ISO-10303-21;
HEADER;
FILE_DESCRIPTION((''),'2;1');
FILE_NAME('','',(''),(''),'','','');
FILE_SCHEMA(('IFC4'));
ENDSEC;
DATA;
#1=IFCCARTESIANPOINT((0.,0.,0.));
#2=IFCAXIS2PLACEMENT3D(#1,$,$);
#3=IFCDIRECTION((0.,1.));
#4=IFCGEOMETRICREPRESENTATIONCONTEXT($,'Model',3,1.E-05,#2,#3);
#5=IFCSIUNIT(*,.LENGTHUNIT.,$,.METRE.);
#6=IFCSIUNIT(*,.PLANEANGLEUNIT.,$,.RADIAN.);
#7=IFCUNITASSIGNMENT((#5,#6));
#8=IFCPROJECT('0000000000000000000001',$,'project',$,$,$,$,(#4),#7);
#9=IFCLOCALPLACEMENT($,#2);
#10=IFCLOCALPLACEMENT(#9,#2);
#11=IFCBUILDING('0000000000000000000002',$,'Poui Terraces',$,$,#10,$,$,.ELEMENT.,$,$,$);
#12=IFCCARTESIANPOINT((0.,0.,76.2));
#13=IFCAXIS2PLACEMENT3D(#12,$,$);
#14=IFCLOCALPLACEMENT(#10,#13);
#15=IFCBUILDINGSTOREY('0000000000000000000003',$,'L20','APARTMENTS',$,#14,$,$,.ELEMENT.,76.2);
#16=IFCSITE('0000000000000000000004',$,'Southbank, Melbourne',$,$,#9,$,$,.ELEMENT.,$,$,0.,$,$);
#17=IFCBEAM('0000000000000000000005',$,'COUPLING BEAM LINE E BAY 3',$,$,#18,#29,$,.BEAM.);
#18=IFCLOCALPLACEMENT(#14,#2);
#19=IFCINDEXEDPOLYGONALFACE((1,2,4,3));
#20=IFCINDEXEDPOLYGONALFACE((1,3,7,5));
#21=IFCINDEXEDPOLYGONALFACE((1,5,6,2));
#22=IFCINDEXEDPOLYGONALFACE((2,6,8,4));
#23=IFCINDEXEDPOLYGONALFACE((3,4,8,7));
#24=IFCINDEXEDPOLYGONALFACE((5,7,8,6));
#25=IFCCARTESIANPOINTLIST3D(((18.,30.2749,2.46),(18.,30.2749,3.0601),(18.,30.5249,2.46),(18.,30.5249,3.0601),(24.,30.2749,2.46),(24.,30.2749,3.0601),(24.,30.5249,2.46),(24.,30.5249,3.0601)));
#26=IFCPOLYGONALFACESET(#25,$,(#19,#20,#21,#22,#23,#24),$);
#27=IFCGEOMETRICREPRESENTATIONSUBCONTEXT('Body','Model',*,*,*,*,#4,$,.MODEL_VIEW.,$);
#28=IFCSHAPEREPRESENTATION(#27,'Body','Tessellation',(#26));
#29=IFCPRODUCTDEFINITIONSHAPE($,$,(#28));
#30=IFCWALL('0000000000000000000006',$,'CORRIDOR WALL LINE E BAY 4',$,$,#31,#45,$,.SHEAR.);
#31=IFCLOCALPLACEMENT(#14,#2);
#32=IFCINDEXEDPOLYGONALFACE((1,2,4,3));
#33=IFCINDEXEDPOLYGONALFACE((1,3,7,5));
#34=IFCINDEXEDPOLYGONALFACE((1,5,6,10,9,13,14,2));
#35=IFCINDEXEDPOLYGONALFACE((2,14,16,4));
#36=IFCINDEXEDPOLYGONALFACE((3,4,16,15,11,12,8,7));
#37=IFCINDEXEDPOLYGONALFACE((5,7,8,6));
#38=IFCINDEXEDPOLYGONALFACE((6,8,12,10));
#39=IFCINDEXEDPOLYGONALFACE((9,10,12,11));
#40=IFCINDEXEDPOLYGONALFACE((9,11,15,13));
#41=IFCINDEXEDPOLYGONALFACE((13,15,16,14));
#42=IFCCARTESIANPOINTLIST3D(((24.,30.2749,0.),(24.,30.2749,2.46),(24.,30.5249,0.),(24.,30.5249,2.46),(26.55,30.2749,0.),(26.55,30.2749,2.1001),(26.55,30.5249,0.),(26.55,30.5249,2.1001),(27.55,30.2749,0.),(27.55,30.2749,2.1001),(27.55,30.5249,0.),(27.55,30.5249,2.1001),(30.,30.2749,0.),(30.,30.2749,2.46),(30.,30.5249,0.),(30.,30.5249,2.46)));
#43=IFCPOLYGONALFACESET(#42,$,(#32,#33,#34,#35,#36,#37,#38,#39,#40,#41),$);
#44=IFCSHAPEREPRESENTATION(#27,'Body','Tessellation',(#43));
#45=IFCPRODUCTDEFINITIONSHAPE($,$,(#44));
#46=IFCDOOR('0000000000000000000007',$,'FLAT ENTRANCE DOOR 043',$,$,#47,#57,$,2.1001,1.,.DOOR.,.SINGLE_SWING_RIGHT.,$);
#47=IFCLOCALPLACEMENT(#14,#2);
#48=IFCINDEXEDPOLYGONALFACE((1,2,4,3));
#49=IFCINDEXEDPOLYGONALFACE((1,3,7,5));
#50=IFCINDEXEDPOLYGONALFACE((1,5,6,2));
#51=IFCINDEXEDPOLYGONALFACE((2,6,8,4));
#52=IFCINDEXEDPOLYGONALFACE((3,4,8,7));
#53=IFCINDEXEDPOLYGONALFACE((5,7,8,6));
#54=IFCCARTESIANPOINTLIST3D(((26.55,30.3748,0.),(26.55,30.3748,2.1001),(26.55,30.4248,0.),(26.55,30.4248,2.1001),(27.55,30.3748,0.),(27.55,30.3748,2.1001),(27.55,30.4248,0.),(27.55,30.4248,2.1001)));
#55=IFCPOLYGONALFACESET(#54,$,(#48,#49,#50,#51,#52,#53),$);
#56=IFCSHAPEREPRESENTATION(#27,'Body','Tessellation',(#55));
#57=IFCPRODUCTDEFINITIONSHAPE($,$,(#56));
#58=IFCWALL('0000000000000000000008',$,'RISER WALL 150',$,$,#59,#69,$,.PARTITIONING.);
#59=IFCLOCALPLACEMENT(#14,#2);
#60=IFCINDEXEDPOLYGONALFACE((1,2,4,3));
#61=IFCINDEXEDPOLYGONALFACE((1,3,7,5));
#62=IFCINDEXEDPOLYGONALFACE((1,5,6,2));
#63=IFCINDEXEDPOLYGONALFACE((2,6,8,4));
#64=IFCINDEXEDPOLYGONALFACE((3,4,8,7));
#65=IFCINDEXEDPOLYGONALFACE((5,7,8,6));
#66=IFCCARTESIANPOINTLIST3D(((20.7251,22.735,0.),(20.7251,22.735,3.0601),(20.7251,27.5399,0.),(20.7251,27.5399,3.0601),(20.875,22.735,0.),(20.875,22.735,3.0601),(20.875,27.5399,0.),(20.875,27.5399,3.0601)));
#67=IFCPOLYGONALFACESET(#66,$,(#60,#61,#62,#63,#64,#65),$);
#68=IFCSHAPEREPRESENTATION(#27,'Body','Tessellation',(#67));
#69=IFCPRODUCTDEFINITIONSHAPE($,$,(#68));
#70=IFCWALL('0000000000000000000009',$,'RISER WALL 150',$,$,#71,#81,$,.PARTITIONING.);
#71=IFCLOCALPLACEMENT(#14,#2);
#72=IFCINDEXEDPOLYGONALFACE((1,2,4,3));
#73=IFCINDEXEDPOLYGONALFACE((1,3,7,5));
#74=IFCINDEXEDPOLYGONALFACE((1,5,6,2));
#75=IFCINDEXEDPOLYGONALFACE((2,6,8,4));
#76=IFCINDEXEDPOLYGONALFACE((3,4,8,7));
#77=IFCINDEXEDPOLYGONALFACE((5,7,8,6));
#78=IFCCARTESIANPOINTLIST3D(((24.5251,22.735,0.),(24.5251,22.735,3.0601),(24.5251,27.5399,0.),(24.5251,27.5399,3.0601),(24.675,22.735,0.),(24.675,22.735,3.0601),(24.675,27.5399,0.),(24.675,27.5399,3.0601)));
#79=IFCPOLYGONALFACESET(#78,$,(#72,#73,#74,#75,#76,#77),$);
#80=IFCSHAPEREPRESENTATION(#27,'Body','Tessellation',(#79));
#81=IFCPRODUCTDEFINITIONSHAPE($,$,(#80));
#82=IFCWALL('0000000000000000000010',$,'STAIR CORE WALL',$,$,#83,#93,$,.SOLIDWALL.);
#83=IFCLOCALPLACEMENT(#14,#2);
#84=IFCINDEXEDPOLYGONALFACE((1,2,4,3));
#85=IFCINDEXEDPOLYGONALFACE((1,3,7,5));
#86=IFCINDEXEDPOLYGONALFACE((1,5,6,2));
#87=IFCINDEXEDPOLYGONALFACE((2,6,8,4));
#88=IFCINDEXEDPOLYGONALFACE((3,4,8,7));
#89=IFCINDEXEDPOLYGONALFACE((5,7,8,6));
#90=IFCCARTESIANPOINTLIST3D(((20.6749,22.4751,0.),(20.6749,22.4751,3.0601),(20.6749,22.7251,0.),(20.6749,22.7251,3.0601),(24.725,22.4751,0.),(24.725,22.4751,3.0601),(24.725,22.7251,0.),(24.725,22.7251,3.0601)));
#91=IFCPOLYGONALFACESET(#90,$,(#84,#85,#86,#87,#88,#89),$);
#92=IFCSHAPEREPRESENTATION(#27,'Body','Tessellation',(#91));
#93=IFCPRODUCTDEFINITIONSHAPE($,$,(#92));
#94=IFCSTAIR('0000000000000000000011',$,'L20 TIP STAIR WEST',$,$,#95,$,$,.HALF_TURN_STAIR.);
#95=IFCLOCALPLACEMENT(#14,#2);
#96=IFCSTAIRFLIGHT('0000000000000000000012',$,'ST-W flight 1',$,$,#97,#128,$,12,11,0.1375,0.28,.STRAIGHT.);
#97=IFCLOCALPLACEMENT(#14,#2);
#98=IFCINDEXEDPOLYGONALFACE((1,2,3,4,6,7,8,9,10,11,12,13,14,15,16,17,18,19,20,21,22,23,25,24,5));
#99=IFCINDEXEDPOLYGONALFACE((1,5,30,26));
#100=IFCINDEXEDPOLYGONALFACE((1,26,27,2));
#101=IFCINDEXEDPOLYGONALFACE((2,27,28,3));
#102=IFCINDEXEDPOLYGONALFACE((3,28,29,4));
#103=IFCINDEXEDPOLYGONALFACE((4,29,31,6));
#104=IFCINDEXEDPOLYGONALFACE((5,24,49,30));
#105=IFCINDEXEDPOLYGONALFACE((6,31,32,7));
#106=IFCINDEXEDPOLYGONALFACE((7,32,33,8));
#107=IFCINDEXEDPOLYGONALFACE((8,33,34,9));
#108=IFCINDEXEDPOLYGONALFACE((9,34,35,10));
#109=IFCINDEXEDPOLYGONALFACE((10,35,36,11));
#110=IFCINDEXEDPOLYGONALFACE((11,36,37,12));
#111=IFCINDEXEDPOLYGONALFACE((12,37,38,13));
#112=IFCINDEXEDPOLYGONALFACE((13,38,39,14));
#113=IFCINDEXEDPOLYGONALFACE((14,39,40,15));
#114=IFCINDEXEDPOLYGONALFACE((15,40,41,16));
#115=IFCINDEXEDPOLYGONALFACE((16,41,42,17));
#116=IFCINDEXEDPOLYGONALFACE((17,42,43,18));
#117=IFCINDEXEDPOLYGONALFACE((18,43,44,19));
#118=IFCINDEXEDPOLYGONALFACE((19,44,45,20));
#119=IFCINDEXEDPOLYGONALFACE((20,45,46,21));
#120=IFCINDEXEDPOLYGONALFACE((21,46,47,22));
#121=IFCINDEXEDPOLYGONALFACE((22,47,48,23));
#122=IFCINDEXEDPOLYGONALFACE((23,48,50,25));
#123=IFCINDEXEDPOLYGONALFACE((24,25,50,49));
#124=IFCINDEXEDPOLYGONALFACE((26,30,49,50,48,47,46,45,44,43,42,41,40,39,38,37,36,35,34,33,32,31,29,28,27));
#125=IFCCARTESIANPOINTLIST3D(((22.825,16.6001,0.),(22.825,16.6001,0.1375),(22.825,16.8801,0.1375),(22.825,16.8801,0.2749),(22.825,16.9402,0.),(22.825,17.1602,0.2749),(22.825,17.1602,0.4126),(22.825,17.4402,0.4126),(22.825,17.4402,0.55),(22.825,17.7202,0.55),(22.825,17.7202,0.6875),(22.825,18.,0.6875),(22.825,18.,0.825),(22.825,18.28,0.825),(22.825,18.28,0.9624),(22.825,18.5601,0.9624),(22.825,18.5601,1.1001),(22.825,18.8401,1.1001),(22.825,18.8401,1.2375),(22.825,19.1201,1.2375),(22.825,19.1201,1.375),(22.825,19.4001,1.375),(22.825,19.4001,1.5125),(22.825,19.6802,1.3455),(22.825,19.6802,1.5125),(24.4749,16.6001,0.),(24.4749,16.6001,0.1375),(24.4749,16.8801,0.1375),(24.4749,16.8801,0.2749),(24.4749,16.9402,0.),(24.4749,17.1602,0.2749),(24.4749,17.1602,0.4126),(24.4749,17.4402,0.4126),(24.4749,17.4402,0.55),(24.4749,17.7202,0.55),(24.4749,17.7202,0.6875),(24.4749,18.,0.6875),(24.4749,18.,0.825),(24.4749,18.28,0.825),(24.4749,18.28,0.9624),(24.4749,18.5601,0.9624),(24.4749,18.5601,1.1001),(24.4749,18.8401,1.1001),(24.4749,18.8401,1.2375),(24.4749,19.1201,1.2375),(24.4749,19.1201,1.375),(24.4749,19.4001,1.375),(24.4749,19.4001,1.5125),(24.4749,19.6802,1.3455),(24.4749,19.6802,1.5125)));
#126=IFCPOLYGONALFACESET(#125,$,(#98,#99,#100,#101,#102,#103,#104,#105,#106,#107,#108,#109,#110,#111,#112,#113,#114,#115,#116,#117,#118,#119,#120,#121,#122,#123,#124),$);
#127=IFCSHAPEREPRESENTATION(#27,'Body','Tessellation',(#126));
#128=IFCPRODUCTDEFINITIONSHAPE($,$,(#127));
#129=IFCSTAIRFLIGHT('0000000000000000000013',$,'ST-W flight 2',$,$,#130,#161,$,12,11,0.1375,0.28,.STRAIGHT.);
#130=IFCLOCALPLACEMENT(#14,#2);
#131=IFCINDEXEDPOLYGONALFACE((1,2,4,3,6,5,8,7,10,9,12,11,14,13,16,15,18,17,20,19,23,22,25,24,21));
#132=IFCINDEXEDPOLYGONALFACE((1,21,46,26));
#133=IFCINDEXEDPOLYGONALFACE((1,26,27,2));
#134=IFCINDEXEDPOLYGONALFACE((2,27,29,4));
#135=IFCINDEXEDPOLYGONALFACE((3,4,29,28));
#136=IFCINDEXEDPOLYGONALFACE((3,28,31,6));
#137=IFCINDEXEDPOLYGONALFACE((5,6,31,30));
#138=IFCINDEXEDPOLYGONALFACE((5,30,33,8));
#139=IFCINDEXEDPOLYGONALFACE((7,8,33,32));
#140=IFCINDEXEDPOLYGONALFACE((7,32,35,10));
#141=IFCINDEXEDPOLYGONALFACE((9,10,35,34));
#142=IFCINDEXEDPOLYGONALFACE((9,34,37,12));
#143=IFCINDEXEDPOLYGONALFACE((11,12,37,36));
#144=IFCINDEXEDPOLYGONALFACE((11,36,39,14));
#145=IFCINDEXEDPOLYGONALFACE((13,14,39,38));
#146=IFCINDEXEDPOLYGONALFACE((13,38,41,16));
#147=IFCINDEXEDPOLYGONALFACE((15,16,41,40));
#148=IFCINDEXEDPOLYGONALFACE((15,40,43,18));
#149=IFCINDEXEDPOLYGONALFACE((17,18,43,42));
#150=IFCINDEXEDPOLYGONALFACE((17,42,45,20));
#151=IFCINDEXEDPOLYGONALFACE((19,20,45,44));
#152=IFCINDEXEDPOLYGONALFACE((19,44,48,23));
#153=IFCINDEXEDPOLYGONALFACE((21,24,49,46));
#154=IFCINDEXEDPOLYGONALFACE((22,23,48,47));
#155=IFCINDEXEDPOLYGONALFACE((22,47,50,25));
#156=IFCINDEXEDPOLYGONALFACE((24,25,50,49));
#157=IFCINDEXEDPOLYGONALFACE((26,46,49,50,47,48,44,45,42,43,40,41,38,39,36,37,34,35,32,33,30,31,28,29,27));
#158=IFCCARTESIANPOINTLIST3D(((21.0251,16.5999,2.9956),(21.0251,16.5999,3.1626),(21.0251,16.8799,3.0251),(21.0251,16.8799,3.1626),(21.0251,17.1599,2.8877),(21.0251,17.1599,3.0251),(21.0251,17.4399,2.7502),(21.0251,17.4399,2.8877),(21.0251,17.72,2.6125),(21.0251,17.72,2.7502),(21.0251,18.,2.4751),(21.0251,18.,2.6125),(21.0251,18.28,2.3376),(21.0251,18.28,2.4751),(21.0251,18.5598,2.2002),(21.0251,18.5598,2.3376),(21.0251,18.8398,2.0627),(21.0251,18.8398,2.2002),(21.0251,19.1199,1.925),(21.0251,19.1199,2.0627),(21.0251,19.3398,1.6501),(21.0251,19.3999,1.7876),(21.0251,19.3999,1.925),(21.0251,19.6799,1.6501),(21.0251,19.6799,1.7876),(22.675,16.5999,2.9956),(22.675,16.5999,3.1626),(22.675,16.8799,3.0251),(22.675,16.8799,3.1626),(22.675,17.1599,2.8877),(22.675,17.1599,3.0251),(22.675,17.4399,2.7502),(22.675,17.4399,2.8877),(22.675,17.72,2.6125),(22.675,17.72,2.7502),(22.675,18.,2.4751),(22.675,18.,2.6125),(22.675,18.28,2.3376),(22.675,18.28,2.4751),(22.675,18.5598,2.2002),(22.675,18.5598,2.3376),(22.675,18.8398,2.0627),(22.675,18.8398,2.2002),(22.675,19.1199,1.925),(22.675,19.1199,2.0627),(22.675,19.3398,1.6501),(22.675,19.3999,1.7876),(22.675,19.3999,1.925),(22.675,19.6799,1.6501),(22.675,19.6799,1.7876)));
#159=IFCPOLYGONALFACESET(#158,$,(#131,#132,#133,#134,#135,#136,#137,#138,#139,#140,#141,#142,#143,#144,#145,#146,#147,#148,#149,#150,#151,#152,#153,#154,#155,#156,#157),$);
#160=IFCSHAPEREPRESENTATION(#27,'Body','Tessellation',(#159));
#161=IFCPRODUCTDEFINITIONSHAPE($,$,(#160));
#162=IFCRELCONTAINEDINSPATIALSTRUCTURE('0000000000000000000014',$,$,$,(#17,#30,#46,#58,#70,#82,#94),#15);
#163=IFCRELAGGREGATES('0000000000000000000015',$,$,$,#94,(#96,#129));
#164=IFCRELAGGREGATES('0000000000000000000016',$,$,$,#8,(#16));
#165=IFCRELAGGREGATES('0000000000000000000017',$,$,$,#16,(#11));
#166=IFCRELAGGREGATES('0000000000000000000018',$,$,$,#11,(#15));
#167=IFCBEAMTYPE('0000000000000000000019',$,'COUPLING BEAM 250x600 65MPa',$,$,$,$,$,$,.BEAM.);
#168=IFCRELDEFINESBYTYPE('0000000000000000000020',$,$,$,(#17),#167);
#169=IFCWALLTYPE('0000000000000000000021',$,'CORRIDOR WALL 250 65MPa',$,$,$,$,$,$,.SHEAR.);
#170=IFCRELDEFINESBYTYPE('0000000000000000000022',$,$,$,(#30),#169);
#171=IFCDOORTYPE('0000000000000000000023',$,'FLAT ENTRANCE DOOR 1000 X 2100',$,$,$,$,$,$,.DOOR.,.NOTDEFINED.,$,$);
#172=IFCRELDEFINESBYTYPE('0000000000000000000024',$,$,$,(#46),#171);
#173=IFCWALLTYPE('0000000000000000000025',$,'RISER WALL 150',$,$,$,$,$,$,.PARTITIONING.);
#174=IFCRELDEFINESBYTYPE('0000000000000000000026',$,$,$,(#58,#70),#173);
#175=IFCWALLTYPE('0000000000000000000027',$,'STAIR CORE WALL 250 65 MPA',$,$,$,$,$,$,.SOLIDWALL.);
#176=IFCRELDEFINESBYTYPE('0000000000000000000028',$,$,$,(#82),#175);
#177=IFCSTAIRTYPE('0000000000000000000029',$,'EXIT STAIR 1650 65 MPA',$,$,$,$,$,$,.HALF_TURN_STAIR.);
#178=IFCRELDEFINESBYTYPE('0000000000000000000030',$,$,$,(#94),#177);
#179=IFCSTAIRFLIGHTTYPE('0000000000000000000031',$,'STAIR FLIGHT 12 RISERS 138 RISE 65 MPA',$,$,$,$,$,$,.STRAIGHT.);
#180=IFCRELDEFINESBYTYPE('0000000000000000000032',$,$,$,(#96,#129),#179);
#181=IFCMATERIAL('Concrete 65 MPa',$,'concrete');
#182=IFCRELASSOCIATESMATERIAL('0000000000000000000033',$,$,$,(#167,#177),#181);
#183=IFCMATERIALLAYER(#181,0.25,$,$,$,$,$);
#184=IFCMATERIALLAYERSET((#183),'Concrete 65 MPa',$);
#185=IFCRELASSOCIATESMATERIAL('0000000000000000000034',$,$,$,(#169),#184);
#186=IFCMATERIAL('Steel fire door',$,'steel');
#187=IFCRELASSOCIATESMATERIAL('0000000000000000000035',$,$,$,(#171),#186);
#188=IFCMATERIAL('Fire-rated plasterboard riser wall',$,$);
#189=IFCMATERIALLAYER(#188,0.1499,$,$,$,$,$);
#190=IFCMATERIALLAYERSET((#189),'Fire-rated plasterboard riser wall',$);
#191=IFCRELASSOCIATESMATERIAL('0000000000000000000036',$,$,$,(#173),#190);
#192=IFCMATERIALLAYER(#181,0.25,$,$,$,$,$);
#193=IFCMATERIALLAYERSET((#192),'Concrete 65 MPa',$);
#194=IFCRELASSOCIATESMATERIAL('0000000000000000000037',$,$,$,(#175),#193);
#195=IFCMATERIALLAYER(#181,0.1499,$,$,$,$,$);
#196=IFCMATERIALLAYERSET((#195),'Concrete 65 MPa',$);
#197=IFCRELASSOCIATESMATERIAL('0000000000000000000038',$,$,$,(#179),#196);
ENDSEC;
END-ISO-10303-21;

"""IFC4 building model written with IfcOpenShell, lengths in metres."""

from ifc_helpers import new_model, si_unit, direction, frame, frame_2d, origin, origin_2d, place, context, subcontext, project, spatial, polyline, rectangle, outline, extrude, source, transform, mapped, material, layer, layer_set, material_profile, profile_set, type_object, element, fill, aggregate, save


model = new_model("IFC4")

# Units and contexts
model_context = context("Model", 3, precision=1e-05, world=origin(), true_north=direction((0.0, 1.0)))
body_context = subcontext(model_context, "Body", "Model", "MODEL_VIEW")
ifc_project = project(units=[si_unit("LENGTHUNIT", "METRE"), si_unit("PLANEANGLEUNIT", "RADIAN")], contexts=[model_context])

# Site, building, storey
site_placement = place(None, origin())
site = spatial("IfcSite", under=ifc_project, at=site_placement, Name="Southbank, Melbourne", CompositionType="ELEMENT", RefElevation=0.0)
building_placement = place(site_placement, origin())
building = spatial("IfcBuilding", under=site, at=building_placement, Name="Poui Terraces", CompositionType="ELEMENT")
storey_placement = place(building_placement, frame((0.0, 0.0, 76.2)))
storey = spatial("IfcBuildingStorey", under=building, at=storey_placement, Name="L20", Description="APARTMENTS", CompositionType="ELEMENT", Elevation=76.2)

# Beam
ifc_material_1 = material(Name="Concrete 65 MPa", Category="concrete")
ifc_material_profile = material_profile(ifc_material_1, rectangle(XDim=0.25, YDim=0.6001, at=origin_2d()), Name="RC 250x600")
ifc_profile_set = profile_set([ifc_material_profile], Name="Concrete 65 MPa")
beam_type = type_object("IfcBeamType", Name="COUPLING BEAM 250x600 65MPa", PredefinedType="BEAM", material=ifc_profile_set)
shared_shape = source(origin(), body_context, "Body", "SweptSolid", [
    extrude(rectangle(XDim=0.25, YDim=0.6001, at=origin_2d()), origin(), (0.0, 0.0, 1.0), 6.0),
])
beam_placement = place(storey_placement, frame((18.0, 30.3999, 2.76), z_axis=(1.0, 0.0, 0.0), x_axis=(0.0, 1.0, 0.0)))
element("IfcBeam", 1, at=beam_placement, inside=storey, type_object=beam_type, Name="COUPLING BEAM LINE E BAY 3", PredefinedType="BEAM", context=body_context, shape_type="MappedRepresentation", body=[
    mapped(shared_shape, transform((0.0, 0.0, 0.0))),
])

# Wall, opening, door
ifc_layer_1 = layer(ifc_material_1, 0.25)
ifc_layer_set_1 = layer_set([ifc_layer_1], Name="Concrete 65 MPa")
wall_type_1 = type_object("IfcWallType", Name="CORRIDOR WALL 250 65MPa", PredefinedType="SHEAR", material=ifc_layer_set_1)
wall_1_placement = place(storey_placement, frame((24.0, 30.3999, 0.0), z_axis=(0.0, 0.0, 1.0), x_axis=(1.0, 0.0, 0.0)))
wall_1 = element("IfcWall", 2, at=wall_1_placement, inside=storey, type_object=wall_type_1, Name="CORRIDOR WALL LINE E BAY 4", PredefinedType="SHEAR", context=body_context, shape_type="SweptSolid", body=[
    extrude(rectangle(XDim=6.0, YDim=0.25, at=frame_2d((3.0, 0.0))), origin(), (0.0, 0.0, 1.0), 2.46),
])
opening_placement = place(wall_1_placement, frame((2.55, 0.0, 0.0)))
opening = element("IfcOpeningElement", 3, at=opening_placement, cuts=wall_1, PredefinedType="OPENING", context=body_context, shape_type="SweptSolid", body=[
    extrude(rectangle(XDim=1.0, YDim=2.1001, at=frame_2d((0.5, 1.05))), frame((0.0, 0.135, 0.0), z_axis=(0.0, -1.0, 0.0), x_axis=(1.0, 0.0, 0.0)), (0.0, 0.0, 1.0), 0.27),
])
ifc_material_2 = material(Name="Steel fire door", Category="steel")
door_type = type_object("IfcDoorType", Name="FLAT ENTRANCE DOOR 1000 X 2100", OperationType="NOTDEFINED", PredefinedType="DOOR", material=ifc_material_2)
door_placement = place(opening_placement, origin())
door = element("IfcDoor", 4, at=door_placement, inside=storey, type_object=door_type, Name="FLAT ENTRANCE DOOR 043", OperationType="SINGLE_SWING_RIGHT", OverallHeight=2.1001, OverallWidth=1.0, PredefinedType="DOOR", context=body_context, shape_type="SweptSolid", body=[
    extrude(rectangle(XDim=1.0, YDim=2.1001, at=frame_2d((0.5, 1.05))), frame((0.0, 0.0249, 0.0), z_axis=(0.0, -1.0, 0.0), x_axis=(1.0, 0.0, 0.0)), (0.0, 0.0, 1.0), 0.05),
])
fill(opening, door)

# Walls
ifc_material_3 = material(Name="Fire-rated plasterboard riser wall")
ifc_layer_2 = layer(ifc_material_3, 0.1499)
ifc_layer_set_2 = layer_set([ifc_layer_2], Name="Fire-rated plasterboard riser wall")
wall_type_2 = type_object("IfcWallType", Name="RISER WALL 150", PredefinedType="PARTITIONING", material=ifc_layer_set_2)
for number, where, z_axis, x_axis, name in (
    (5, (20.8, 22.7351, 0.0), (0.0, 0.0, 1.0), (0.0, 1.0, 0.0), "RISER WALL 150"),
    (6, (24.6001, 22.7351, 0.0), (0.0, 0.0, 1.0), (0.0, 1.0, 0.0), "RISER WALL 150"),
):
    element("IfcWall", number, at=place(storey_placement, frame(where, z_axis=z_axis, x_axis=x_axis)), inside=storey, type_object=wall_type_2, Name=name, PredefinedType="PARTITIONING", context=body_context, shape_type="SweptSolid", body=[
        extrude(rectangle(XDim=4.8049, YDim=0.1499, at=frame_2d((2.4023, 0.0))), origin(), (0.0, 0.0, 1.0), 3.0601),
    ])
ifc_layer_3 = layer(ifc_material_1, 0.25)
ifc_layer_set_3 = layer_set([ifc_layer_3], Name="Concrete 65 MPa")
wall_type_3 = type_object("IfcWallType", Name="STAIR CORE WALL 250 65 MPA", PredefinedType="SOLIDWALL", material=ifc_layer_set_3)
wall_2_placement = place(storey_placement, frame((20.675, 22.6001, 0.0), z_axis=(0.0, 0.0, 1.0), x_axis=(1.0, 0.0, 0.0)))
element("IfcWall", 7, at=wall_2_placement, inside=storey, type_object=wall_type_3, Name="STAIR CORE WALL", PredefinedType="SOLIDWALL", context=body_context, shape_type="SweptSolid", body=[
    extrude(rectangle(XDim=4.05, YDim=0.25, at=frame_2d((2.0249, 0.0))), origin(), (0.0, 0.0, 1.0), 3.0601),
])

# Stair, stair flights
stair_type = type_object("IfcStairType", Name="EXIT STAIR 1650 65 MPA", PredefinedType="HALF_TURN_STAIR", material=ifc_material_1)
stair_placement = place(storey_placement, origin())
stair = element("IfcStair", 8, at=stair_placement, inside=storey, type_object=stair_type, Name="L20 TIP STAIR WEST", PredefinedType="HALF_TURN_STAIR")
ifc_layer_4 = layer(ifc_material_1, 0.1499)
ifc_layer_set_4 = layer_set([ifc_layer_4], Name="Concrete 65 MPa")
stair_flight_type = type_object("IfcStairFlightType", Name="STAIR FLIGHT 12 RISERS 138 RISE 65 MPA", PredefinedType="STRAIGHT", material=ifc_layer_set_4)
stair_flight_1_placement = place(storey_placement, frame((23.6499, 16.6001, 0.0), z_axis=(0.0, 0.0, 1.0), x_axis=(0.0, 1.0, 0.0)))
stair_flight_1 = element("IfcStairFlight", 9, at=stair_flight_1_placement, type_object=stair_flight_type, Name="ST-W flight 1", NumberOfRisers=12, NumberOfTreads=11, PredefinedType="STRAIGHT", RiserHeight=0.1375, TreadLength=0.28, context=body_context, shape_type="SweptSolid", body=[
    extrude(outline(polyline([(0.0, 0.0), (0.0, 0.1375), (0.28, 0.1375), (0.28, 0.2749), (0.5601, 0.2749), (0.5601, 0.4126), (0.8401, 0.4126), (0.8401, 0.55), (1.1201, 0.55), (1.1201, 0.6875), (1.3999, 0.6875), (1.3999, 0.825), (1.6799, 0.825), (1.6799, 0.9624), (1.96, 0.9624), (1.96, 1.1001), (2.24, 1.1001), (2.24, 1.2375), (2.52, 1.2375), (2.52, 1.375), (2.8, 1.375), (2.8, 1.5125), (3.0801, 1.5125), (3.0801, 1.6499), (3.0801, 1.3455), (0.3401, 0.0), (0.0, 0.0)])), frame((0.0, 0.825, 0.0), z_axis=(0.0, -1.0, 0.0), x_axis=(1.0, 0.0, 0.0)), (0.0, 0.0, 1.0), 1.6499),
])
stair_flight_2_placement = place(storey_placement, frame((21.8501, 19.6799, 1.6501), z_axis=(0.0, 0.0, 1.0), x_axis=(0.0, -1.0, 0.0)))
stair_flight_2 = element("IfcStairFlight", 10, at=stair_flight_2_placement, type_object=stair_flight_type, Name="ST-W flight 2", NumberOfRisers=12, NumberOfTreads=11, PredefinedType="STRAIGHT", RiserHeight=0.1375, TreadLength=0.28, context=body_context, shape_type="SweptSolid", body=[
    extrude(outline(polyline([(0.0, 0.0), (0.0, 0.1375), (0.28, 0.1375), (0.28, 0.2749), (0.5601, 0.2749), (0.5601, 0.4126), (0.8401, 0.4126), (0.8401, 0.55), (1.1201, 0.55), (1.1201, 0.6875), (1.3999, 0.6875), (1.3999, 0.825), (1.6799, 0.825), (1.6799, 0.9624), (1.96, 0.9624), (1.96, 1.1001), (2.24, 1.1001), (2.24, 1.2375), (2.52, 1.2375), (2.52, 1.375), (2.8, 1.375), (2.8, 1.5125), (3.0801, 1.5125), (3.0801, 1.6499), (3.0801, 1.3455), (0.3401, 0.0), (0.0, 0.0)])), frame((0.0, 0.825, 0.0), z_axis=(0.0, -1.0, 0.0), x_axis=(1.0, 0.0, 0.0)), (0.0, 0.0, 1.0), 1.6499),
])
aggregate(stair, [stair_flight_1, stair_flight_2])

save(model, "model.ifc")
